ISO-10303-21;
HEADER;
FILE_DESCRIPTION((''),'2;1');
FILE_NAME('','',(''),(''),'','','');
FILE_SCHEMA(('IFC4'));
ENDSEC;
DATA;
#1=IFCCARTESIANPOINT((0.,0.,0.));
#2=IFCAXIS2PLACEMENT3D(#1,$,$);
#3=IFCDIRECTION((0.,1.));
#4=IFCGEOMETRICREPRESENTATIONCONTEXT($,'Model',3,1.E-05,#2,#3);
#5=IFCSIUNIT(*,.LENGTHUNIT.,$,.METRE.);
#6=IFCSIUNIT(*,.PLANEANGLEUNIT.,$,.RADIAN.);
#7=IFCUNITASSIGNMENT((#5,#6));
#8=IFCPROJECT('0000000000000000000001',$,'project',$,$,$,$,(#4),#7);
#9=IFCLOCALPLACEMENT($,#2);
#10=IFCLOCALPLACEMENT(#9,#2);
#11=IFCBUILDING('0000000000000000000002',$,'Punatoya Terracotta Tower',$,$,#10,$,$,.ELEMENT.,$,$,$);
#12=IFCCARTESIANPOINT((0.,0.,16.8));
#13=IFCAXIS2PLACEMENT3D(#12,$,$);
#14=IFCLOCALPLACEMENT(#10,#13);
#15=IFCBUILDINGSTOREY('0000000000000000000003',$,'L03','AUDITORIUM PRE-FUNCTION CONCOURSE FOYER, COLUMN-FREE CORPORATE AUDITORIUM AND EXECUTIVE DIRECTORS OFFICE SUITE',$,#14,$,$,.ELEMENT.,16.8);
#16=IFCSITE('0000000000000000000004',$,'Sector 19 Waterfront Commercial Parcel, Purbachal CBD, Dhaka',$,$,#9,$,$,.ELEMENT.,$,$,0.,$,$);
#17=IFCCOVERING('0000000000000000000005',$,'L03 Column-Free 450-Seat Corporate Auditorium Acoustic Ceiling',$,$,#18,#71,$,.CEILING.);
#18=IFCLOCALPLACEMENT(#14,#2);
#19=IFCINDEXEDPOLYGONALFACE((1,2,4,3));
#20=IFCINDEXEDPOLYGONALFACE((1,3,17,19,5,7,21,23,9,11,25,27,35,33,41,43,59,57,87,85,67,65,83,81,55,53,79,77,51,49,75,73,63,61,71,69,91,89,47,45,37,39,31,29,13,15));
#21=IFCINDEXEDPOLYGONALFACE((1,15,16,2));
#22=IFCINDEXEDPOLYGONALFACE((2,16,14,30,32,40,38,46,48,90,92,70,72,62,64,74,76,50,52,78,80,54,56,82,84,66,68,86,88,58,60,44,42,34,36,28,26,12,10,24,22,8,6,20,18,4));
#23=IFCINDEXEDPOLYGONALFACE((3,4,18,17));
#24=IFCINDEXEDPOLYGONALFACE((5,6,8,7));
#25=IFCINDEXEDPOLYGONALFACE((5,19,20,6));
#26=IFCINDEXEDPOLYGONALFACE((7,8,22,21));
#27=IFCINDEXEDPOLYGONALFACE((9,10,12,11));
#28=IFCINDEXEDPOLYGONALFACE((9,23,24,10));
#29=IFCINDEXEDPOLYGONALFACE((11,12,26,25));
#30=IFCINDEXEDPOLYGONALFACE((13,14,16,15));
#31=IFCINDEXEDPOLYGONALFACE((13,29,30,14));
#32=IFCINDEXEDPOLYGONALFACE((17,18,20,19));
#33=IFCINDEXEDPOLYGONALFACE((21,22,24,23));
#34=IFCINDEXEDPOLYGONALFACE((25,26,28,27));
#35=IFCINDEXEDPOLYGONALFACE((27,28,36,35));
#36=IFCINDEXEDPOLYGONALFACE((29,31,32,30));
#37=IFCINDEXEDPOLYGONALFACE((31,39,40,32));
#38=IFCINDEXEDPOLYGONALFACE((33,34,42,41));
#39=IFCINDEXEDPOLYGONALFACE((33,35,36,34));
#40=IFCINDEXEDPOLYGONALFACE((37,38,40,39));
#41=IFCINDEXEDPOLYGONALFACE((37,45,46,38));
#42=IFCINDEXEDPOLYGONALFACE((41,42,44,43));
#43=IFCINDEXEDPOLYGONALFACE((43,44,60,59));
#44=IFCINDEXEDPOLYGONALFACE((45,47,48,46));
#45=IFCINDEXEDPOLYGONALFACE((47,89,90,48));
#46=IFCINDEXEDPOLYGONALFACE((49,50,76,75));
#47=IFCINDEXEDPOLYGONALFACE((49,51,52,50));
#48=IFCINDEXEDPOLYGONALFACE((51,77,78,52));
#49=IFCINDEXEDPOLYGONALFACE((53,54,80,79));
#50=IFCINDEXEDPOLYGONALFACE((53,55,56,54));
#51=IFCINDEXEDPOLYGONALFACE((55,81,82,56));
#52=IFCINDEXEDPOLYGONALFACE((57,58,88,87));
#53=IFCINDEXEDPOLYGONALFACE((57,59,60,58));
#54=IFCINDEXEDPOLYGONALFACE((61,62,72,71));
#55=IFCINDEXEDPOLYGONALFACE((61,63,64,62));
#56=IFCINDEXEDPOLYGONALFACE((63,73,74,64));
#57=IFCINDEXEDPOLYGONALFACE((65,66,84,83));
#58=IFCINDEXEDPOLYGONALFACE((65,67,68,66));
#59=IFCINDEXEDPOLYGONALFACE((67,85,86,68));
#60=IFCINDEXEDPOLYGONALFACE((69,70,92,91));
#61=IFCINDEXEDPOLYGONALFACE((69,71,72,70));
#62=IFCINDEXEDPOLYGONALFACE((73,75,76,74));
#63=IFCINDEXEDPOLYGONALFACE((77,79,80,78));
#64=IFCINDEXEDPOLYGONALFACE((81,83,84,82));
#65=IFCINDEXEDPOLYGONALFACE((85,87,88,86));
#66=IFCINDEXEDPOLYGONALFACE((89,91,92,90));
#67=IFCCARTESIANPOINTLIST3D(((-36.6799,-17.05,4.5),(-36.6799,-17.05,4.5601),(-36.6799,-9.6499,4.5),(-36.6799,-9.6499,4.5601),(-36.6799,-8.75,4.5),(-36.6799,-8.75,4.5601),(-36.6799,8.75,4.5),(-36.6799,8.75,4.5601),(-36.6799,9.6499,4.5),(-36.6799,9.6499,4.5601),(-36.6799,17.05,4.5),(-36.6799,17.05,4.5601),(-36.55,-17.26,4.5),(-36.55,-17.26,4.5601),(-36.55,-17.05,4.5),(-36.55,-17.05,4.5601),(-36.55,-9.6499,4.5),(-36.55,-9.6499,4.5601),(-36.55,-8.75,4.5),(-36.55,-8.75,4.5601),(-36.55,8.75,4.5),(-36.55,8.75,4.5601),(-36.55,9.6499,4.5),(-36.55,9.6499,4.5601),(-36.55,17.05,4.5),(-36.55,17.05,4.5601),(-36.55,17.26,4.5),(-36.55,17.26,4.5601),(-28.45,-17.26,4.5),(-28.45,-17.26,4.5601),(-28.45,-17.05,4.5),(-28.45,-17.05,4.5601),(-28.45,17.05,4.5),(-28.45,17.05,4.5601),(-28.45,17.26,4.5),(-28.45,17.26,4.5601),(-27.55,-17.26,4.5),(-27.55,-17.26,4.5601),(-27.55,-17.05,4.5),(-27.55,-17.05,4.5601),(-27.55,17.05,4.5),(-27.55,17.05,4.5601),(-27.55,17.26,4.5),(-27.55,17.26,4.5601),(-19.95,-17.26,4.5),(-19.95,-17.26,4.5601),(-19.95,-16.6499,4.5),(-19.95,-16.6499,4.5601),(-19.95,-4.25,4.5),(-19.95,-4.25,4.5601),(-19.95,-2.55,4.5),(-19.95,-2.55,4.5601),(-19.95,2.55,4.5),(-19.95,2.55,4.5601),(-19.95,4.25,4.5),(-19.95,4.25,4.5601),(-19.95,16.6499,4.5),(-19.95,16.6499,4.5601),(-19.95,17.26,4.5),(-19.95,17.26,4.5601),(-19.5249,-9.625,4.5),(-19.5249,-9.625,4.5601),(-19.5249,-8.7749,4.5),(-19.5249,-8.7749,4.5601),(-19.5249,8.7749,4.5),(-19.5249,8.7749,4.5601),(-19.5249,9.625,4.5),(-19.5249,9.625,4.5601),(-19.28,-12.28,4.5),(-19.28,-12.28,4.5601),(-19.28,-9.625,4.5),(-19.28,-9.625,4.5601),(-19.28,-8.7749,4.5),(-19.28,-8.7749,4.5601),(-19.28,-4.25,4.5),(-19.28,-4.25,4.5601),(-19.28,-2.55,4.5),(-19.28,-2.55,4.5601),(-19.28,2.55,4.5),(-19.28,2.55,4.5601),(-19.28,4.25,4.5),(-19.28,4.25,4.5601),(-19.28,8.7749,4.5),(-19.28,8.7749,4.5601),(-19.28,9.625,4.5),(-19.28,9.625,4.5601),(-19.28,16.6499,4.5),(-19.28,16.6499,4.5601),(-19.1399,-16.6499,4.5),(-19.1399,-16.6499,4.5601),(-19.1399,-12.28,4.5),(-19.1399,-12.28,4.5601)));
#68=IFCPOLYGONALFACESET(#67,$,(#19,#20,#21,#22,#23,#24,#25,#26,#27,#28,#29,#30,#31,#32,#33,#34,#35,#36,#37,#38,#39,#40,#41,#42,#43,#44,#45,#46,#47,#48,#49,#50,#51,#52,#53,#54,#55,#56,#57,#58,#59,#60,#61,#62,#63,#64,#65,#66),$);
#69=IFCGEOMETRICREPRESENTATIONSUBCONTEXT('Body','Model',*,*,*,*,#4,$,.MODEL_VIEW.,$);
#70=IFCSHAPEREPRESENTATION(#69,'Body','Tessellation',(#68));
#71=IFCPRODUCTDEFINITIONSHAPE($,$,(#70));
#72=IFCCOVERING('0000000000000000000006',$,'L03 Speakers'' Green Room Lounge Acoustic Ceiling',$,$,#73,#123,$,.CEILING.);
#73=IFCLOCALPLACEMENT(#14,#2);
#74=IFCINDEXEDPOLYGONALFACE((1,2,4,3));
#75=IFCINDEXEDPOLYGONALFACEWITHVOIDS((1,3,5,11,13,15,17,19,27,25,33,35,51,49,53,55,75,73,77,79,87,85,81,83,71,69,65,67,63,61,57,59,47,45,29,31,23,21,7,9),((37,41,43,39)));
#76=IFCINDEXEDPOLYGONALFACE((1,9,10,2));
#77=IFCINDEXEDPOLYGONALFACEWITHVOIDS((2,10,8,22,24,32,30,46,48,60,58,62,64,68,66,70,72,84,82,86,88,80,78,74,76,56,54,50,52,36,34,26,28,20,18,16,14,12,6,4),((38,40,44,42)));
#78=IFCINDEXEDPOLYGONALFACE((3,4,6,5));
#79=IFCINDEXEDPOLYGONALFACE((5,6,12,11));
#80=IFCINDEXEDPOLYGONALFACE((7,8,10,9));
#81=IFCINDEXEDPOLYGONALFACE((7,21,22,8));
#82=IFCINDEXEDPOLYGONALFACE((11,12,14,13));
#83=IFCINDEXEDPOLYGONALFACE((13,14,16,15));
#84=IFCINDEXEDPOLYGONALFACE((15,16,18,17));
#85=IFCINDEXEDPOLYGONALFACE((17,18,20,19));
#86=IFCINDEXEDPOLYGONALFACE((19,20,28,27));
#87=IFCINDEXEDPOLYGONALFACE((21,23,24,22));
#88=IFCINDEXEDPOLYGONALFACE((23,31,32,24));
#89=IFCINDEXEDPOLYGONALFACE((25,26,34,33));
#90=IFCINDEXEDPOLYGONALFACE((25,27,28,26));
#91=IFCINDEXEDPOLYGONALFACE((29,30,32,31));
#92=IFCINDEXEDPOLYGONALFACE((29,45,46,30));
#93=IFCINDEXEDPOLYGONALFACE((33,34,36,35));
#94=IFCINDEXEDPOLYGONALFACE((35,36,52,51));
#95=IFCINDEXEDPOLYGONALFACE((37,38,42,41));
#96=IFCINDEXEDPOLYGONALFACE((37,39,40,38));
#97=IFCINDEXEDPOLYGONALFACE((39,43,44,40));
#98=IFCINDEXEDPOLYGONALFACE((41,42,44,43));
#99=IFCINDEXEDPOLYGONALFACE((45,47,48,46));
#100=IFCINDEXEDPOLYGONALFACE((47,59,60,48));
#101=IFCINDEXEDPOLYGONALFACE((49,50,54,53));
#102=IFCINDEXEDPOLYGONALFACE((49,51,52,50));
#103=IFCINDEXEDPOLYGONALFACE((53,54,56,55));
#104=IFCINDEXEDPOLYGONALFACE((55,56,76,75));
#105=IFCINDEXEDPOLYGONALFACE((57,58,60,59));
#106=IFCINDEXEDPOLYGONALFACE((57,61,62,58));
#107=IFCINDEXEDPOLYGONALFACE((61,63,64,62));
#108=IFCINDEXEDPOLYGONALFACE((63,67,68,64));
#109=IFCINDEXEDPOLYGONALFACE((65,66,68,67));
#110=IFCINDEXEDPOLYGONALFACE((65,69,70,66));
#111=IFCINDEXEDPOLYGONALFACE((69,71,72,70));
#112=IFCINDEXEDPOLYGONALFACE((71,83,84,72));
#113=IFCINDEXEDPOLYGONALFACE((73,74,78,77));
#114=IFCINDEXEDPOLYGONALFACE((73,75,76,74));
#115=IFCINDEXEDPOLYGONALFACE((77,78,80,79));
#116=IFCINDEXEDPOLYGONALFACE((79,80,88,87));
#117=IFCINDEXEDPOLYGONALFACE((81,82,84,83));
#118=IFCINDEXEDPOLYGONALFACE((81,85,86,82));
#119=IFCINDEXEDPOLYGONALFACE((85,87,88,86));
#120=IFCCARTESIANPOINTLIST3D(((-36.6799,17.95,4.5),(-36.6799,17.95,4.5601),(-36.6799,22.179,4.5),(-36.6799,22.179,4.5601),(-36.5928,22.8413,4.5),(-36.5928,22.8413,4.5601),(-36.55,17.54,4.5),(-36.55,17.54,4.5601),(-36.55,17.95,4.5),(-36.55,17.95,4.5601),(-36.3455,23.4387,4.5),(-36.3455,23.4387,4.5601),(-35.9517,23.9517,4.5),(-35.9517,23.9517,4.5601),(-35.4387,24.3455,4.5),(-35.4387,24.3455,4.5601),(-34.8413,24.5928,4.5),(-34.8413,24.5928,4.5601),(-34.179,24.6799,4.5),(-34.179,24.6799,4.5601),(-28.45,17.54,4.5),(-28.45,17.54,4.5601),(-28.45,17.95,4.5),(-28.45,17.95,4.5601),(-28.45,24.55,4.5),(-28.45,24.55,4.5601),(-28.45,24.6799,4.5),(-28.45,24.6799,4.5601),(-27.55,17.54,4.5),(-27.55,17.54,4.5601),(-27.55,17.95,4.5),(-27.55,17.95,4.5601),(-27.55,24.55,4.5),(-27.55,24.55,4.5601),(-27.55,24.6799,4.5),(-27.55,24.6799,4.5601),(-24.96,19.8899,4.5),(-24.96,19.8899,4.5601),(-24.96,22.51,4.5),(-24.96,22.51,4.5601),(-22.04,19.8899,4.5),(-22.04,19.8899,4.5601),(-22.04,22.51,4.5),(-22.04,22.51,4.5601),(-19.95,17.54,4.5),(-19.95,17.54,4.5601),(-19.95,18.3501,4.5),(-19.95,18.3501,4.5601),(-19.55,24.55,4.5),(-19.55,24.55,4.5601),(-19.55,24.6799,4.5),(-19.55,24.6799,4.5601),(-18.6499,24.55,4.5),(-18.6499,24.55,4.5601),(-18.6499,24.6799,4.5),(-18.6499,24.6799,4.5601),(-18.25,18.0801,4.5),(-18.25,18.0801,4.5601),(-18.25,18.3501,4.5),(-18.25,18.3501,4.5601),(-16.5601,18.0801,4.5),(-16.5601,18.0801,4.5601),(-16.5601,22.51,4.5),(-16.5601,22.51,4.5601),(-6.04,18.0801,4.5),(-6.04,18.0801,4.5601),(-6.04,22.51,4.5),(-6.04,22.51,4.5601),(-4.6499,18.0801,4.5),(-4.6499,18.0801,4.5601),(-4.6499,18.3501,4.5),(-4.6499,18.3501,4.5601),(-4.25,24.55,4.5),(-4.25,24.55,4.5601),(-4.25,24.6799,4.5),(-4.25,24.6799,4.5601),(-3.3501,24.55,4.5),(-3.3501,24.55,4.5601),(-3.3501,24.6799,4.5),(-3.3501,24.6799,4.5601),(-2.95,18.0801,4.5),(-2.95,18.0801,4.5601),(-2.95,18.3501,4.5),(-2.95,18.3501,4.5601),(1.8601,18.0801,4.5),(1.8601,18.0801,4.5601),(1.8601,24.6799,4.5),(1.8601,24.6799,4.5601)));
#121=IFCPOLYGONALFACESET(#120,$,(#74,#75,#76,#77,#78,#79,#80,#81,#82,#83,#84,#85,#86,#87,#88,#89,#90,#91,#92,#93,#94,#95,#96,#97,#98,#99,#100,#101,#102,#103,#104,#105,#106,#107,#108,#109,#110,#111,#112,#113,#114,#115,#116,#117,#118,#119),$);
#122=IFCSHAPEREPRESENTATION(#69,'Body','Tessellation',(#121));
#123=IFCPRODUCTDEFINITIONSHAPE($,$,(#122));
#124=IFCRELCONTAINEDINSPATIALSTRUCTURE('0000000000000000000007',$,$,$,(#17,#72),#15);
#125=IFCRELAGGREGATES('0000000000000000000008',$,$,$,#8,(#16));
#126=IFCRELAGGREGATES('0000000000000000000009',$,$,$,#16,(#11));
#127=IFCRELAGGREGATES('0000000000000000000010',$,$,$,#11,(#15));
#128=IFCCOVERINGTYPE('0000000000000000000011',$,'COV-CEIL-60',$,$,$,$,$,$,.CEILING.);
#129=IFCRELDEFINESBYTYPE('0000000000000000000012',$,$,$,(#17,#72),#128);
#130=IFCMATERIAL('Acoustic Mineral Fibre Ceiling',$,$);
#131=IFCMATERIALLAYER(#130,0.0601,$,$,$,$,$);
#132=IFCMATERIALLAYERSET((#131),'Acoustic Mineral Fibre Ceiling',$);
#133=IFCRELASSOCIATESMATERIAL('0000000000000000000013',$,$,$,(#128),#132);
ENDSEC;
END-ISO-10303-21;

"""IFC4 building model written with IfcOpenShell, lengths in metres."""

from ifc_helpers import new_model, si_unit, direction, frame, origin, place, context, subcontext, project, spatial, polyline, outline, extrude, material, layer, layer_set, type_object, element, save


model = new_model("IFC4")

# Units and contexts
model_context = context("Model", 3, precision=1e-05, world=origin(), true_north=direction((0.0, 1.0)))
body_context = subcontext(model_context, "Body", "Model", "MODEL_VIEW")
ifc_project = project(units=[si_unit("LENGTHUNIT", "METRE"), si_unit("PLANEANGLEUNIT", "RADIAN")], contexts=[model_context])

# Site, building, storey
site_placement = place(None, origin())
site = spatial("IfcSite", under=ifc_project, at=site_placement, Name="Sector 19 Waterfront Commercial Parcel, Purbachal CBD, Dhaka", CompositionType="ELEMENT", RefElevation=0.0)
building_placement = place(site_placement, origin())
building = spatial("IfcBuilding", under=site, at=building_placement, Name="Punatoya Terracotta Tower", CompositionType="ELEMENT")
storey_placement = place(building_placement, frame((0.0, 0.0, 16.8)))
storey = spatial("IfcBuildingStorey", under=building, at=storey_placement, Name="L03", Description="AUDITORIUM PRE-FUNCTION CONCOURSE FOYER, COLUMN-FREE CORPORATE AUDITORIUM AND EXECUTIVE DIRECTORS OFFICE SUITE", CompositionType="ELEMENT", Elevation=16.8)

# Coverings
ifc_material_1 = material(Name="Acoustic Mineral Fibre Ceiling")
ifc_layer_1 = layer(ifc_material_1, 0.0601)
ifc_layer_set_1 = layer_set([ifc_layer_1], Name="Acoustic Mineral Fibre Ceiling")
covering_type_1 = type_object("IfcCoveringType", Name="COV-CEIL-60", PredefinedType="CEILING", material=ifc_layer_set_1)
covering_1_placement = place(storey_placement, frame((0.0, 0.0, 4.5)))
element("IfcCovering", 1, at=covering_1_placement, inside=storey, type_object=covering_type_1, Name="L03 Column-Free 450-Seat Corporate Auditorium Acoustic Ceiling", PredefinedType="CEILING", context=body_context, shape_type="SweptSolid", body=[
    extrude(outline(polyline([(-36.55, 17.26), (-36.55, 17.05), (-36.6799, 17.05), (-36.6799, 9.6499), (-36.55, 9.6499), (-36.55, 8.75), (-36.6799, 8.75), (-36.6799, -8.75), (-36.55, -8.75), (-36.55, -9.6499), (-36.6799, -9.6499), (-36.6799, -17.05), (-36.55, -17.05), (-36.55, -17.26), (-28.45, -17.26), (-28.45, -17.05), (-27.55, -17.05), (-27.55, -17.26), (-19.95, -17.26), (-19.95, -16.6499), (-19.1399, -16.6499), (-19.1399, -12.28), (-19.28, -12.28), (-19.28, -9.625), (-19.5249, -9.625), (-19.5249, -8.7749), (-19.28, -8.7749), (-19.28, -4.25), (-19.95, -4.25), (-19.95, -2.55), (-19.28, -2.55), (-19.28, 2.55), (-19.95, 2.55), (-19.95, 4.25), (-19.28, 4.25), (-19.28, 8.7749), (-19.5249, 8.7749), (-19.5249, 9.625), (-19.28, 9.625), (-19.28, 16.6499), (-19.95, 16.6499), (-19.95, 17.26), (-27.55, 17.26), (-27.55, 17.05), (-28.45, 17.05), (-28.45, 17.26), (-36.55, 17.26)])), origin(), (0.0, 0.0, 1.0), 0.0601),
])
covering_2_placement = place(storey_placement, frame((0.0, 0.0, 4.5)))
element("IfcCovering", 2, at=covering_2_placement, inside=storey, type_object=covering_type_1, Name="L03 Speakers' Green Room Lounge Acoustic Ceiling", PredefinedType="CEILING", context=body_context, shape_type="SweptSolid", body=[
    extrude(outline(polyline([(-36.6799, 22.179), (-36.6799, 17.95), (-36.55, 17.95), (-36.55, 17.54), (-28.45, 17.54), (-28.45, 17.95), (-27.55, 17.95), (-27.55, 17.54), (-19.95, 17.54), (-19.95, 18.3501), (-18.25, 18.3501), (-18.25, 18.0801), (-16.5601, 18.0801), (-16.5601, 22.51), (-6.04, 22.51), (-6.04, 18.0801), (-4.6499, 18.0801), (-4.6499, 18.3501), (-2.95, 18.3501), (-2.95, 18.0801), (1.8601, 18.0801), (1.8601, 24.6799), (-3.3501, 24.6799), (-3.3501, 24.55), (-4.25, 24.55), (-4.25, 24.6799), (-18.6499, 24.6799), (-18.6499, 24.55), (-19.55, 24.55), (-19.55, 24.6799), (-27.55, 24.6799), (-27.55, 24.55), (-28.45, 24.55), (-28.45, 24.6799), (-34.179, 24.6799), (-34.8413, 24.5928), (-35.4387, 24.3455), (-35.9517, 23.9517), (-36.3455, 23.4387), (-36.5928, 22.8413), (-36.6799, 22.179)]), holes=[polyline([(-22.04, 22.51), (-22.04, 19.8899), (-24.96, 19.8899), (-24.96, 22.51), (-22.04, 22.51)])]), origin(), (0.0, 0.0, 1.0), 0.0601),
])

save(model, "model.ifc")
